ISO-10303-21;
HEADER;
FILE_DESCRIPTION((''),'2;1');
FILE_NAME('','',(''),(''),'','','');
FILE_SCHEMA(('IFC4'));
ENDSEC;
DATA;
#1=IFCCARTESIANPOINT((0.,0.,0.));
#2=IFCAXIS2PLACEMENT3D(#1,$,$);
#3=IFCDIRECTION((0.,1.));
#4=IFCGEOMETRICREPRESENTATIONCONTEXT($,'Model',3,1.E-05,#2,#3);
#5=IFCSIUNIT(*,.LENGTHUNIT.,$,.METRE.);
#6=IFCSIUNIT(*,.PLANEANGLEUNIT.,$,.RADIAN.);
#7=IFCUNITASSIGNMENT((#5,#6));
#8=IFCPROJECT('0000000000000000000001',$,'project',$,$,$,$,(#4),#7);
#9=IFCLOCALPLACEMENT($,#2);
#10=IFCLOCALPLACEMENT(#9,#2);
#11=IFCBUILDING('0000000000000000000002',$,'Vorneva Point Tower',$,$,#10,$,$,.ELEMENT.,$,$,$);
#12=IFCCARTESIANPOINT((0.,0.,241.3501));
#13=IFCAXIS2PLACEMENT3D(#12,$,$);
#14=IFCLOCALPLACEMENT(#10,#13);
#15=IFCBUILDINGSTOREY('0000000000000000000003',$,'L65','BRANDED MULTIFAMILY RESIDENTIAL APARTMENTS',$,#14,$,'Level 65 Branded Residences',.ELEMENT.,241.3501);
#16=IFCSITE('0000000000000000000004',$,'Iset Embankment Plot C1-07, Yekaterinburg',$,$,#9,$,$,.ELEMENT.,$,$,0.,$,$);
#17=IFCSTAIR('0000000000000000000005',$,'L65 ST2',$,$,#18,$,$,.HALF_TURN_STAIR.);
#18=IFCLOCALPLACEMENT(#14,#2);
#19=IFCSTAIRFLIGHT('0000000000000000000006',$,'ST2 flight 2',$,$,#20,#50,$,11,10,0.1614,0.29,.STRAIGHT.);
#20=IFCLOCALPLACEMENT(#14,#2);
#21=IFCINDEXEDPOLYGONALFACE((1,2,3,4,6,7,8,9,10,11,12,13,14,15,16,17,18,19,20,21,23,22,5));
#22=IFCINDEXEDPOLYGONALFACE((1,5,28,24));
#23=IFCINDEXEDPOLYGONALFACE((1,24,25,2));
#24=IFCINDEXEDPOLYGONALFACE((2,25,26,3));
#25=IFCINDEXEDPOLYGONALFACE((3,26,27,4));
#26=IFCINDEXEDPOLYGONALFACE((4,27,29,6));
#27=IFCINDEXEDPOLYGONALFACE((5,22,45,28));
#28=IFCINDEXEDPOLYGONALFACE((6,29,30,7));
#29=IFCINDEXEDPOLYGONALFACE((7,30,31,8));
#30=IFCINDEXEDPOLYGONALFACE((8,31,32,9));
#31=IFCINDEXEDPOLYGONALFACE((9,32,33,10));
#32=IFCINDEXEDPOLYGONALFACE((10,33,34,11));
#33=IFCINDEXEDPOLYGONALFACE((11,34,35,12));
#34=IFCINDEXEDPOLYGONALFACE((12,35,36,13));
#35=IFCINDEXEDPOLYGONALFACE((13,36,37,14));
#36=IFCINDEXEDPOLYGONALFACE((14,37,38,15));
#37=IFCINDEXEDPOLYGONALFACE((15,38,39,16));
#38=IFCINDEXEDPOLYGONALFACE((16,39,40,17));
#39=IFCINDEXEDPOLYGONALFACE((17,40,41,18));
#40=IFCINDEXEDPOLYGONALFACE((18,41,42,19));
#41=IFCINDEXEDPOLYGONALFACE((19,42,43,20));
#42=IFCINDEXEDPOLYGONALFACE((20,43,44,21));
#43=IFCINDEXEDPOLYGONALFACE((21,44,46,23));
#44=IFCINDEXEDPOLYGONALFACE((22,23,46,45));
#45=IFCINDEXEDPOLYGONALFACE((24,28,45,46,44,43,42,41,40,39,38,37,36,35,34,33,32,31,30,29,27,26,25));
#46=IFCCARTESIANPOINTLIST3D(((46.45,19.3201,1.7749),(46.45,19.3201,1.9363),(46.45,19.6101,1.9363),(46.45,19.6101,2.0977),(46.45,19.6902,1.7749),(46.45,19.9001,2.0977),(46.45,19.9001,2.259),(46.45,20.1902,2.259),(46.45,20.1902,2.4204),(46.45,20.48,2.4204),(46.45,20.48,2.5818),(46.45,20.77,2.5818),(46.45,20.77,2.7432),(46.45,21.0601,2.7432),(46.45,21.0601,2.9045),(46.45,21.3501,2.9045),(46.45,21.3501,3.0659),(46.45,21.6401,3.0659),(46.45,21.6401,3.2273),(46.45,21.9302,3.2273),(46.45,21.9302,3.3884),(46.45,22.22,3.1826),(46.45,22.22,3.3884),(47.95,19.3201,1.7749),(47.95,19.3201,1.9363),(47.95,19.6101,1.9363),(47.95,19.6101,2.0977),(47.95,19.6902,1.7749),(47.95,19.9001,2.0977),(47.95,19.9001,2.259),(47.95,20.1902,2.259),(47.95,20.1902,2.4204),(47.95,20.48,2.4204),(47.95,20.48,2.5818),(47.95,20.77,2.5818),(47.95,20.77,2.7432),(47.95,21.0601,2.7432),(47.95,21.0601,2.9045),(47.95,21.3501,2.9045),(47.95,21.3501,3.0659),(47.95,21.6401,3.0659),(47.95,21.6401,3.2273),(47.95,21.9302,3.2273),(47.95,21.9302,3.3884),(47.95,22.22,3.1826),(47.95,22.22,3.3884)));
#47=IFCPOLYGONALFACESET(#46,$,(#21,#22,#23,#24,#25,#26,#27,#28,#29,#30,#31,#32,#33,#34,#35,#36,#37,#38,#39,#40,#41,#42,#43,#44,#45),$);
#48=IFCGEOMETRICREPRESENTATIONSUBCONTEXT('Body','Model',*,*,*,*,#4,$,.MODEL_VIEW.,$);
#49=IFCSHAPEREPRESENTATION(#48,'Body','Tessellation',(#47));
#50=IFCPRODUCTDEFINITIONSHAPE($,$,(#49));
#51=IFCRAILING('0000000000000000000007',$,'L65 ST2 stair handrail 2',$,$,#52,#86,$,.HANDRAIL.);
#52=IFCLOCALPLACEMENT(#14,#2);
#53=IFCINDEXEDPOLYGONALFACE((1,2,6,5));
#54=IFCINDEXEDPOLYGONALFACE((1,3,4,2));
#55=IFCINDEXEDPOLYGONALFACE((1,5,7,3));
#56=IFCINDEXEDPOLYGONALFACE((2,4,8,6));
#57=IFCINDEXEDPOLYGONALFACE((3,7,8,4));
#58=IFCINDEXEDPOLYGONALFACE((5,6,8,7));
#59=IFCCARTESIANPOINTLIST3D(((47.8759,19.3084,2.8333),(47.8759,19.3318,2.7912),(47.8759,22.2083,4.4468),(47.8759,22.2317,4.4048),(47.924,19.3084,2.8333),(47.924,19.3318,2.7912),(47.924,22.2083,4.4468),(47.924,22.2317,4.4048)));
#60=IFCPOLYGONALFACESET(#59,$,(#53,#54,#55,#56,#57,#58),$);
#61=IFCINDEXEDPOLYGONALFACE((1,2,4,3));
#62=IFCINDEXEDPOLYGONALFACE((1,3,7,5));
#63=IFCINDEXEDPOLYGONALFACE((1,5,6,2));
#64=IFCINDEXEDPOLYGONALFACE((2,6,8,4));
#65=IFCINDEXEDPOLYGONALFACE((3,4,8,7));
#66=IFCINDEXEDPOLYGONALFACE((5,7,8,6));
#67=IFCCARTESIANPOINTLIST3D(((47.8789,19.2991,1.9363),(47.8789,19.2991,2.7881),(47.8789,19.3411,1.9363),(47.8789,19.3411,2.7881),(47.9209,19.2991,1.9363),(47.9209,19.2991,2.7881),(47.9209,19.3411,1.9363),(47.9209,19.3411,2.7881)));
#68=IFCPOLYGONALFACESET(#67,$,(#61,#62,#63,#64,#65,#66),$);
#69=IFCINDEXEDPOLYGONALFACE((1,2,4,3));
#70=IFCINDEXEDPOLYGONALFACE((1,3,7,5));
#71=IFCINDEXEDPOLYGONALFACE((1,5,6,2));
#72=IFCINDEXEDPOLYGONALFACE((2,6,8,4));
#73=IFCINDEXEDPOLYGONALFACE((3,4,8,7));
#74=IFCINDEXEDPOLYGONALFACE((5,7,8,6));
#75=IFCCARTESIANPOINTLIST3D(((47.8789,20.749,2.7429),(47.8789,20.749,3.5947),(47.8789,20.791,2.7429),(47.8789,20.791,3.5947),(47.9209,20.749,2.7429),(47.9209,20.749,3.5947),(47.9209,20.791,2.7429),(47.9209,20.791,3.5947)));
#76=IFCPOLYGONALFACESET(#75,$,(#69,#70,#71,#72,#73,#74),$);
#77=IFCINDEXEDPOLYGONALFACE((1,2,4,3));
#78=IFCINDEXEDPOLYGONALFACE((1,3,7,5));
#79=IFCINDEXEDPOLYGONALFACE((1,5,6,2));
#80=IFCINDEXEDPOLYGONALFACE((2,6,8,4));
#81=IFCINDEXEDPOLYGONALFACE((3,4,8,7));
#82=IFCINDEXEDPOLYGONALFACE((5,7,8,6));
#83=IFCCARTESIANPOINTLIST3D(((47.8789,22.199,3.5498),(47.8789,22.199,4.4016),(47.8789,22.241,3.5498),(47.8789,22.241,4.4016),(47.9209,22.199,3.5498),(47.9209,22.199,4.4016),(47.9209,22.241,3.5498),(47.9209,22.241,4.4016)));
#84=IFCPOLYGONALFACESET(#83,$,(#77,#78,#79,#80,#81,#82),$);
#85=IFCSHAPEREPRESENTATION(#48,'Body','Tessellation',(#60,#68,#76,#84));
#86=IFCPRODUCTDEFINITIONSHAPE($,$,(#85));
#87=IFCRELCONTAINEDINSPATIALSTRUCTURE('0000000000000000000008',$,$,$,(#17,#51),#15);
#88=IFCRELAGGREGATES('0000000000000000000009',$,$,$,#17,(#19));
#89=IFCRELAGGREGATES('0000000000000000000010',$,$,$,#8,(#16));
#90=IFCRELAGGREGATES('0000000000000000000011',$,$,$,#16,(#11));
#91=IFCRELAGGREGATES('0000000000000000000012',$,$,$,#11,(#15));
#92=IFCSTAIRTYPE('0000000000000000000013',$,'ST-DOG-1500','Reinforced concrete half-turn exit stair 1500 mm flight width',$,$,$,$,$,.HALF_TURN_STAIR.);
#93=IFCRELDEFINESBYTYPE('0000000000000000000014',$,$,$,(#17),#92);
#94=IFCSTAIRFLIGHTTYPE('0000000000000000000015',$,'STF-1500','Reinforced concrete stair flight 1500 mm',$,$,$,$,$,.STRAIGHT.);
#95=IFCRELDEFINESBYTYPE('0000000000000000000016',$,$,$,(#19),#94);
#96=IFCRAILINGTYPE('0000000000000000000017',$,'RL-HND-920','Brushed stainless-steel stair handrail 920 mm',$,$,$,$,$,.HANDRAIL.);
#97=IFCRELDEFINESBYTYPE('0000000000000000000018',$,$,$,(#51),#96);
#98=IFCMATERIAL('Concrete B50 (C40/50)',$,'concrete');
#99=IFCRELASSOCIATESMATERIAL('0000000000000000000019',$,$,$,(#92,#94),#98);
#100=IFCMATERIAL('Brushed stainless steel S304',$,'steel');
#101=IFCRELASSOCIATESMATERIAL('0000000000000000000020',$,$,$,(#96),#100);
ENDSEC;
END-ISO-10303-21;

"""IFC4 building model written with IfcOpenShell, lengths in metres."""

from ifc_helpers import new_model, si_unit, direction, frame, origin, origin_2d, place, context, subcontext, project, spatial, polyline, rectangle, outline, extrude, material, type_object, element, aggregate, save


model = new_model("IFC4")

# Units and contexts
model_context = context("Model", 3, precision=1e-05, world=origin(), true_north=direction((0.0, 1.0)))
body_context = subcontext(model_context, "Body", "Model", "MODEL_VIEW")
ifc_project = project(units=[si_unit("LENGTHUNIT", "METRE"), si_unit("PLANEANGLEUNIT", "RADIAN")], contexts=[model_context])

# Site, building, storey
site_placement = place(None, origin())
site = spatial("IfcSite", under=ifc_project, at=site_placement, Name="Iset Embankment Plot C1-07, Yekaterinburg", CompositionType="ELEMENT", RefElevation=0.0)
building_placement = place(site_placement, origin())
building = spatial("IfcBuilding", under=site, at=building_placement, Name="Vorneva Point Tower", CompositionType="ELEMENT")
storey_placement = place(building_placement, frame((0.0, 0.0, 241.3501)))
storey = spatial("IfcBuildingStorey", under=building, at=storey_placement, Name="L65", Description="BRANDED MULTIFAMILY RESIDENTIAL APARTMENTS", LongName="Level 65 Branded Residences", CompositionType="ELEMENT", Elevation=241.3501)

# Shared definitions
ifc_material_1 = material(Name="Concrete B50 (C40/50)", Category="concrete")

# Stair, stair flight
stair_type = type_object("IfcStairType", Name="ST-DOG-1500", Description="Reinforced concrete half-turn exit stair 1500 mm flight width", PredefinedType="HALF_TURN_STAIR", material=ifc_material_1)
stair_placement = place(storey_placement, origin())
stair = element("IfcStair", 1, at=stair_placement, inside=storey, type_object=stair_type, Name="L65 ST2", PredefinedType="HALF_TURN_STAIR")
stair_flight_type = type_object("IfcStairFlightType", Name="STF-1500", Description="Reinforced concrete stair flight 1500 mm", PredefinedType="STRAIGHT", material=ifc_material_1)
stair_flight_placement = place(storey_placement, frame((47.2, 19.3201, 1.7749), z_axis=(0.0, 0.0, 1.0), x_axis=(0.0, 1.0, 0.0)))
stair_flight = element("IfcStairFlight", 2, at=stair_flight_placement, type_object=stair_flight_type, Name="ST2 flight 2", NumberOfRisers=11, NumberOfTreads=10, PredefinedType="STRAIGHT", RiserHeight=0.1614, TreadLength=0.29, context=body_context, shape_type="SweptSolid", body=[
    extrude(outline(polyline([(0.0, 0.0), (0.0, 0.1614), (0.29, 0.1614), (0.29, 0.3228), (0.5801, 0.3228), (0.5801, 0.4841), (0.8701, 0.4841), (0.8701, 0.6455), (1.1599, 0.6455), (1.1599, 0.8069), (1.45, 0.8069), (1.45, 0.9683), (1.74, 0.9683), (1.74, 1.1296), (2.03, 1.1296), (2.03, 1.291), (2.3201, 1.291), (2.3201, 1.4524), (2.6101, 1.4524), (2.6101, 1.6135), (2.8999, 1.6135), (2.8999, 1.7749), (2.8999, 1.4077), (0.3701, 0.0), (0.0, 0.0)])), frame((0.0, 0.75, 0.0), z_axis=(0.0, -1.0, 0.0), x_axis=(1.0, 0.0, 0.0)), (0.0, 0.0, 1.0), 1.5),
])
aggregate(stair, [stair_flight])

# Railing
ifc_material_2 = material(Name="Brushed stainless steel S304", Category="steel")
railing_type = type_object("IfcRailingType", Name="RL-HND-920", Description="Brushed stainless-steel stair handrail 920 mm", PredefinedType="HANDRAIL", material=ifc_material_2)
railing_placement = place(storey_placement, frame((47.8999, 19.3201, 1.9363)))
element("IfcRailing", 3, at=railing_placement, inside=storey, type_object=railing_type, Name="L65 ST2 stair handrail 2", PredefinedType="HANDRAIL", context=body_context, shape_type="SweptSolid", body=[
    extrude(rectangle(XDim=0.0481, YDim=0.0481, at=origin_2d()), frame((0.0, 0.0, 0.876), z_axis=(0.0, 0.873841, 0.486211), x_axis=(-1.0, 0.0, 0.0)), (0.0, 0.0, 1.0), 3.3186),
    extrude(rectangle(XDim=0.042, YDim=0.042, at=origin_2d()), origin(), (0.0, 0.0, 1.0), 0.8518),
    extrude(rectangle(XDim=0.042, YDim=0.042, at=origin_2d()), frame((0.0, 1.45, 0.8066)), (0.0, 0.0, 1.0), 0.8518),
    extrude(rectangle(XDim=0.042, YDim=0.042, at=origin_2d()), frame((0.0, 2.8999, 1.6135)), (0.0, 0.0, 1.0), 0.8518),
])

save(model, "model.ifc")
